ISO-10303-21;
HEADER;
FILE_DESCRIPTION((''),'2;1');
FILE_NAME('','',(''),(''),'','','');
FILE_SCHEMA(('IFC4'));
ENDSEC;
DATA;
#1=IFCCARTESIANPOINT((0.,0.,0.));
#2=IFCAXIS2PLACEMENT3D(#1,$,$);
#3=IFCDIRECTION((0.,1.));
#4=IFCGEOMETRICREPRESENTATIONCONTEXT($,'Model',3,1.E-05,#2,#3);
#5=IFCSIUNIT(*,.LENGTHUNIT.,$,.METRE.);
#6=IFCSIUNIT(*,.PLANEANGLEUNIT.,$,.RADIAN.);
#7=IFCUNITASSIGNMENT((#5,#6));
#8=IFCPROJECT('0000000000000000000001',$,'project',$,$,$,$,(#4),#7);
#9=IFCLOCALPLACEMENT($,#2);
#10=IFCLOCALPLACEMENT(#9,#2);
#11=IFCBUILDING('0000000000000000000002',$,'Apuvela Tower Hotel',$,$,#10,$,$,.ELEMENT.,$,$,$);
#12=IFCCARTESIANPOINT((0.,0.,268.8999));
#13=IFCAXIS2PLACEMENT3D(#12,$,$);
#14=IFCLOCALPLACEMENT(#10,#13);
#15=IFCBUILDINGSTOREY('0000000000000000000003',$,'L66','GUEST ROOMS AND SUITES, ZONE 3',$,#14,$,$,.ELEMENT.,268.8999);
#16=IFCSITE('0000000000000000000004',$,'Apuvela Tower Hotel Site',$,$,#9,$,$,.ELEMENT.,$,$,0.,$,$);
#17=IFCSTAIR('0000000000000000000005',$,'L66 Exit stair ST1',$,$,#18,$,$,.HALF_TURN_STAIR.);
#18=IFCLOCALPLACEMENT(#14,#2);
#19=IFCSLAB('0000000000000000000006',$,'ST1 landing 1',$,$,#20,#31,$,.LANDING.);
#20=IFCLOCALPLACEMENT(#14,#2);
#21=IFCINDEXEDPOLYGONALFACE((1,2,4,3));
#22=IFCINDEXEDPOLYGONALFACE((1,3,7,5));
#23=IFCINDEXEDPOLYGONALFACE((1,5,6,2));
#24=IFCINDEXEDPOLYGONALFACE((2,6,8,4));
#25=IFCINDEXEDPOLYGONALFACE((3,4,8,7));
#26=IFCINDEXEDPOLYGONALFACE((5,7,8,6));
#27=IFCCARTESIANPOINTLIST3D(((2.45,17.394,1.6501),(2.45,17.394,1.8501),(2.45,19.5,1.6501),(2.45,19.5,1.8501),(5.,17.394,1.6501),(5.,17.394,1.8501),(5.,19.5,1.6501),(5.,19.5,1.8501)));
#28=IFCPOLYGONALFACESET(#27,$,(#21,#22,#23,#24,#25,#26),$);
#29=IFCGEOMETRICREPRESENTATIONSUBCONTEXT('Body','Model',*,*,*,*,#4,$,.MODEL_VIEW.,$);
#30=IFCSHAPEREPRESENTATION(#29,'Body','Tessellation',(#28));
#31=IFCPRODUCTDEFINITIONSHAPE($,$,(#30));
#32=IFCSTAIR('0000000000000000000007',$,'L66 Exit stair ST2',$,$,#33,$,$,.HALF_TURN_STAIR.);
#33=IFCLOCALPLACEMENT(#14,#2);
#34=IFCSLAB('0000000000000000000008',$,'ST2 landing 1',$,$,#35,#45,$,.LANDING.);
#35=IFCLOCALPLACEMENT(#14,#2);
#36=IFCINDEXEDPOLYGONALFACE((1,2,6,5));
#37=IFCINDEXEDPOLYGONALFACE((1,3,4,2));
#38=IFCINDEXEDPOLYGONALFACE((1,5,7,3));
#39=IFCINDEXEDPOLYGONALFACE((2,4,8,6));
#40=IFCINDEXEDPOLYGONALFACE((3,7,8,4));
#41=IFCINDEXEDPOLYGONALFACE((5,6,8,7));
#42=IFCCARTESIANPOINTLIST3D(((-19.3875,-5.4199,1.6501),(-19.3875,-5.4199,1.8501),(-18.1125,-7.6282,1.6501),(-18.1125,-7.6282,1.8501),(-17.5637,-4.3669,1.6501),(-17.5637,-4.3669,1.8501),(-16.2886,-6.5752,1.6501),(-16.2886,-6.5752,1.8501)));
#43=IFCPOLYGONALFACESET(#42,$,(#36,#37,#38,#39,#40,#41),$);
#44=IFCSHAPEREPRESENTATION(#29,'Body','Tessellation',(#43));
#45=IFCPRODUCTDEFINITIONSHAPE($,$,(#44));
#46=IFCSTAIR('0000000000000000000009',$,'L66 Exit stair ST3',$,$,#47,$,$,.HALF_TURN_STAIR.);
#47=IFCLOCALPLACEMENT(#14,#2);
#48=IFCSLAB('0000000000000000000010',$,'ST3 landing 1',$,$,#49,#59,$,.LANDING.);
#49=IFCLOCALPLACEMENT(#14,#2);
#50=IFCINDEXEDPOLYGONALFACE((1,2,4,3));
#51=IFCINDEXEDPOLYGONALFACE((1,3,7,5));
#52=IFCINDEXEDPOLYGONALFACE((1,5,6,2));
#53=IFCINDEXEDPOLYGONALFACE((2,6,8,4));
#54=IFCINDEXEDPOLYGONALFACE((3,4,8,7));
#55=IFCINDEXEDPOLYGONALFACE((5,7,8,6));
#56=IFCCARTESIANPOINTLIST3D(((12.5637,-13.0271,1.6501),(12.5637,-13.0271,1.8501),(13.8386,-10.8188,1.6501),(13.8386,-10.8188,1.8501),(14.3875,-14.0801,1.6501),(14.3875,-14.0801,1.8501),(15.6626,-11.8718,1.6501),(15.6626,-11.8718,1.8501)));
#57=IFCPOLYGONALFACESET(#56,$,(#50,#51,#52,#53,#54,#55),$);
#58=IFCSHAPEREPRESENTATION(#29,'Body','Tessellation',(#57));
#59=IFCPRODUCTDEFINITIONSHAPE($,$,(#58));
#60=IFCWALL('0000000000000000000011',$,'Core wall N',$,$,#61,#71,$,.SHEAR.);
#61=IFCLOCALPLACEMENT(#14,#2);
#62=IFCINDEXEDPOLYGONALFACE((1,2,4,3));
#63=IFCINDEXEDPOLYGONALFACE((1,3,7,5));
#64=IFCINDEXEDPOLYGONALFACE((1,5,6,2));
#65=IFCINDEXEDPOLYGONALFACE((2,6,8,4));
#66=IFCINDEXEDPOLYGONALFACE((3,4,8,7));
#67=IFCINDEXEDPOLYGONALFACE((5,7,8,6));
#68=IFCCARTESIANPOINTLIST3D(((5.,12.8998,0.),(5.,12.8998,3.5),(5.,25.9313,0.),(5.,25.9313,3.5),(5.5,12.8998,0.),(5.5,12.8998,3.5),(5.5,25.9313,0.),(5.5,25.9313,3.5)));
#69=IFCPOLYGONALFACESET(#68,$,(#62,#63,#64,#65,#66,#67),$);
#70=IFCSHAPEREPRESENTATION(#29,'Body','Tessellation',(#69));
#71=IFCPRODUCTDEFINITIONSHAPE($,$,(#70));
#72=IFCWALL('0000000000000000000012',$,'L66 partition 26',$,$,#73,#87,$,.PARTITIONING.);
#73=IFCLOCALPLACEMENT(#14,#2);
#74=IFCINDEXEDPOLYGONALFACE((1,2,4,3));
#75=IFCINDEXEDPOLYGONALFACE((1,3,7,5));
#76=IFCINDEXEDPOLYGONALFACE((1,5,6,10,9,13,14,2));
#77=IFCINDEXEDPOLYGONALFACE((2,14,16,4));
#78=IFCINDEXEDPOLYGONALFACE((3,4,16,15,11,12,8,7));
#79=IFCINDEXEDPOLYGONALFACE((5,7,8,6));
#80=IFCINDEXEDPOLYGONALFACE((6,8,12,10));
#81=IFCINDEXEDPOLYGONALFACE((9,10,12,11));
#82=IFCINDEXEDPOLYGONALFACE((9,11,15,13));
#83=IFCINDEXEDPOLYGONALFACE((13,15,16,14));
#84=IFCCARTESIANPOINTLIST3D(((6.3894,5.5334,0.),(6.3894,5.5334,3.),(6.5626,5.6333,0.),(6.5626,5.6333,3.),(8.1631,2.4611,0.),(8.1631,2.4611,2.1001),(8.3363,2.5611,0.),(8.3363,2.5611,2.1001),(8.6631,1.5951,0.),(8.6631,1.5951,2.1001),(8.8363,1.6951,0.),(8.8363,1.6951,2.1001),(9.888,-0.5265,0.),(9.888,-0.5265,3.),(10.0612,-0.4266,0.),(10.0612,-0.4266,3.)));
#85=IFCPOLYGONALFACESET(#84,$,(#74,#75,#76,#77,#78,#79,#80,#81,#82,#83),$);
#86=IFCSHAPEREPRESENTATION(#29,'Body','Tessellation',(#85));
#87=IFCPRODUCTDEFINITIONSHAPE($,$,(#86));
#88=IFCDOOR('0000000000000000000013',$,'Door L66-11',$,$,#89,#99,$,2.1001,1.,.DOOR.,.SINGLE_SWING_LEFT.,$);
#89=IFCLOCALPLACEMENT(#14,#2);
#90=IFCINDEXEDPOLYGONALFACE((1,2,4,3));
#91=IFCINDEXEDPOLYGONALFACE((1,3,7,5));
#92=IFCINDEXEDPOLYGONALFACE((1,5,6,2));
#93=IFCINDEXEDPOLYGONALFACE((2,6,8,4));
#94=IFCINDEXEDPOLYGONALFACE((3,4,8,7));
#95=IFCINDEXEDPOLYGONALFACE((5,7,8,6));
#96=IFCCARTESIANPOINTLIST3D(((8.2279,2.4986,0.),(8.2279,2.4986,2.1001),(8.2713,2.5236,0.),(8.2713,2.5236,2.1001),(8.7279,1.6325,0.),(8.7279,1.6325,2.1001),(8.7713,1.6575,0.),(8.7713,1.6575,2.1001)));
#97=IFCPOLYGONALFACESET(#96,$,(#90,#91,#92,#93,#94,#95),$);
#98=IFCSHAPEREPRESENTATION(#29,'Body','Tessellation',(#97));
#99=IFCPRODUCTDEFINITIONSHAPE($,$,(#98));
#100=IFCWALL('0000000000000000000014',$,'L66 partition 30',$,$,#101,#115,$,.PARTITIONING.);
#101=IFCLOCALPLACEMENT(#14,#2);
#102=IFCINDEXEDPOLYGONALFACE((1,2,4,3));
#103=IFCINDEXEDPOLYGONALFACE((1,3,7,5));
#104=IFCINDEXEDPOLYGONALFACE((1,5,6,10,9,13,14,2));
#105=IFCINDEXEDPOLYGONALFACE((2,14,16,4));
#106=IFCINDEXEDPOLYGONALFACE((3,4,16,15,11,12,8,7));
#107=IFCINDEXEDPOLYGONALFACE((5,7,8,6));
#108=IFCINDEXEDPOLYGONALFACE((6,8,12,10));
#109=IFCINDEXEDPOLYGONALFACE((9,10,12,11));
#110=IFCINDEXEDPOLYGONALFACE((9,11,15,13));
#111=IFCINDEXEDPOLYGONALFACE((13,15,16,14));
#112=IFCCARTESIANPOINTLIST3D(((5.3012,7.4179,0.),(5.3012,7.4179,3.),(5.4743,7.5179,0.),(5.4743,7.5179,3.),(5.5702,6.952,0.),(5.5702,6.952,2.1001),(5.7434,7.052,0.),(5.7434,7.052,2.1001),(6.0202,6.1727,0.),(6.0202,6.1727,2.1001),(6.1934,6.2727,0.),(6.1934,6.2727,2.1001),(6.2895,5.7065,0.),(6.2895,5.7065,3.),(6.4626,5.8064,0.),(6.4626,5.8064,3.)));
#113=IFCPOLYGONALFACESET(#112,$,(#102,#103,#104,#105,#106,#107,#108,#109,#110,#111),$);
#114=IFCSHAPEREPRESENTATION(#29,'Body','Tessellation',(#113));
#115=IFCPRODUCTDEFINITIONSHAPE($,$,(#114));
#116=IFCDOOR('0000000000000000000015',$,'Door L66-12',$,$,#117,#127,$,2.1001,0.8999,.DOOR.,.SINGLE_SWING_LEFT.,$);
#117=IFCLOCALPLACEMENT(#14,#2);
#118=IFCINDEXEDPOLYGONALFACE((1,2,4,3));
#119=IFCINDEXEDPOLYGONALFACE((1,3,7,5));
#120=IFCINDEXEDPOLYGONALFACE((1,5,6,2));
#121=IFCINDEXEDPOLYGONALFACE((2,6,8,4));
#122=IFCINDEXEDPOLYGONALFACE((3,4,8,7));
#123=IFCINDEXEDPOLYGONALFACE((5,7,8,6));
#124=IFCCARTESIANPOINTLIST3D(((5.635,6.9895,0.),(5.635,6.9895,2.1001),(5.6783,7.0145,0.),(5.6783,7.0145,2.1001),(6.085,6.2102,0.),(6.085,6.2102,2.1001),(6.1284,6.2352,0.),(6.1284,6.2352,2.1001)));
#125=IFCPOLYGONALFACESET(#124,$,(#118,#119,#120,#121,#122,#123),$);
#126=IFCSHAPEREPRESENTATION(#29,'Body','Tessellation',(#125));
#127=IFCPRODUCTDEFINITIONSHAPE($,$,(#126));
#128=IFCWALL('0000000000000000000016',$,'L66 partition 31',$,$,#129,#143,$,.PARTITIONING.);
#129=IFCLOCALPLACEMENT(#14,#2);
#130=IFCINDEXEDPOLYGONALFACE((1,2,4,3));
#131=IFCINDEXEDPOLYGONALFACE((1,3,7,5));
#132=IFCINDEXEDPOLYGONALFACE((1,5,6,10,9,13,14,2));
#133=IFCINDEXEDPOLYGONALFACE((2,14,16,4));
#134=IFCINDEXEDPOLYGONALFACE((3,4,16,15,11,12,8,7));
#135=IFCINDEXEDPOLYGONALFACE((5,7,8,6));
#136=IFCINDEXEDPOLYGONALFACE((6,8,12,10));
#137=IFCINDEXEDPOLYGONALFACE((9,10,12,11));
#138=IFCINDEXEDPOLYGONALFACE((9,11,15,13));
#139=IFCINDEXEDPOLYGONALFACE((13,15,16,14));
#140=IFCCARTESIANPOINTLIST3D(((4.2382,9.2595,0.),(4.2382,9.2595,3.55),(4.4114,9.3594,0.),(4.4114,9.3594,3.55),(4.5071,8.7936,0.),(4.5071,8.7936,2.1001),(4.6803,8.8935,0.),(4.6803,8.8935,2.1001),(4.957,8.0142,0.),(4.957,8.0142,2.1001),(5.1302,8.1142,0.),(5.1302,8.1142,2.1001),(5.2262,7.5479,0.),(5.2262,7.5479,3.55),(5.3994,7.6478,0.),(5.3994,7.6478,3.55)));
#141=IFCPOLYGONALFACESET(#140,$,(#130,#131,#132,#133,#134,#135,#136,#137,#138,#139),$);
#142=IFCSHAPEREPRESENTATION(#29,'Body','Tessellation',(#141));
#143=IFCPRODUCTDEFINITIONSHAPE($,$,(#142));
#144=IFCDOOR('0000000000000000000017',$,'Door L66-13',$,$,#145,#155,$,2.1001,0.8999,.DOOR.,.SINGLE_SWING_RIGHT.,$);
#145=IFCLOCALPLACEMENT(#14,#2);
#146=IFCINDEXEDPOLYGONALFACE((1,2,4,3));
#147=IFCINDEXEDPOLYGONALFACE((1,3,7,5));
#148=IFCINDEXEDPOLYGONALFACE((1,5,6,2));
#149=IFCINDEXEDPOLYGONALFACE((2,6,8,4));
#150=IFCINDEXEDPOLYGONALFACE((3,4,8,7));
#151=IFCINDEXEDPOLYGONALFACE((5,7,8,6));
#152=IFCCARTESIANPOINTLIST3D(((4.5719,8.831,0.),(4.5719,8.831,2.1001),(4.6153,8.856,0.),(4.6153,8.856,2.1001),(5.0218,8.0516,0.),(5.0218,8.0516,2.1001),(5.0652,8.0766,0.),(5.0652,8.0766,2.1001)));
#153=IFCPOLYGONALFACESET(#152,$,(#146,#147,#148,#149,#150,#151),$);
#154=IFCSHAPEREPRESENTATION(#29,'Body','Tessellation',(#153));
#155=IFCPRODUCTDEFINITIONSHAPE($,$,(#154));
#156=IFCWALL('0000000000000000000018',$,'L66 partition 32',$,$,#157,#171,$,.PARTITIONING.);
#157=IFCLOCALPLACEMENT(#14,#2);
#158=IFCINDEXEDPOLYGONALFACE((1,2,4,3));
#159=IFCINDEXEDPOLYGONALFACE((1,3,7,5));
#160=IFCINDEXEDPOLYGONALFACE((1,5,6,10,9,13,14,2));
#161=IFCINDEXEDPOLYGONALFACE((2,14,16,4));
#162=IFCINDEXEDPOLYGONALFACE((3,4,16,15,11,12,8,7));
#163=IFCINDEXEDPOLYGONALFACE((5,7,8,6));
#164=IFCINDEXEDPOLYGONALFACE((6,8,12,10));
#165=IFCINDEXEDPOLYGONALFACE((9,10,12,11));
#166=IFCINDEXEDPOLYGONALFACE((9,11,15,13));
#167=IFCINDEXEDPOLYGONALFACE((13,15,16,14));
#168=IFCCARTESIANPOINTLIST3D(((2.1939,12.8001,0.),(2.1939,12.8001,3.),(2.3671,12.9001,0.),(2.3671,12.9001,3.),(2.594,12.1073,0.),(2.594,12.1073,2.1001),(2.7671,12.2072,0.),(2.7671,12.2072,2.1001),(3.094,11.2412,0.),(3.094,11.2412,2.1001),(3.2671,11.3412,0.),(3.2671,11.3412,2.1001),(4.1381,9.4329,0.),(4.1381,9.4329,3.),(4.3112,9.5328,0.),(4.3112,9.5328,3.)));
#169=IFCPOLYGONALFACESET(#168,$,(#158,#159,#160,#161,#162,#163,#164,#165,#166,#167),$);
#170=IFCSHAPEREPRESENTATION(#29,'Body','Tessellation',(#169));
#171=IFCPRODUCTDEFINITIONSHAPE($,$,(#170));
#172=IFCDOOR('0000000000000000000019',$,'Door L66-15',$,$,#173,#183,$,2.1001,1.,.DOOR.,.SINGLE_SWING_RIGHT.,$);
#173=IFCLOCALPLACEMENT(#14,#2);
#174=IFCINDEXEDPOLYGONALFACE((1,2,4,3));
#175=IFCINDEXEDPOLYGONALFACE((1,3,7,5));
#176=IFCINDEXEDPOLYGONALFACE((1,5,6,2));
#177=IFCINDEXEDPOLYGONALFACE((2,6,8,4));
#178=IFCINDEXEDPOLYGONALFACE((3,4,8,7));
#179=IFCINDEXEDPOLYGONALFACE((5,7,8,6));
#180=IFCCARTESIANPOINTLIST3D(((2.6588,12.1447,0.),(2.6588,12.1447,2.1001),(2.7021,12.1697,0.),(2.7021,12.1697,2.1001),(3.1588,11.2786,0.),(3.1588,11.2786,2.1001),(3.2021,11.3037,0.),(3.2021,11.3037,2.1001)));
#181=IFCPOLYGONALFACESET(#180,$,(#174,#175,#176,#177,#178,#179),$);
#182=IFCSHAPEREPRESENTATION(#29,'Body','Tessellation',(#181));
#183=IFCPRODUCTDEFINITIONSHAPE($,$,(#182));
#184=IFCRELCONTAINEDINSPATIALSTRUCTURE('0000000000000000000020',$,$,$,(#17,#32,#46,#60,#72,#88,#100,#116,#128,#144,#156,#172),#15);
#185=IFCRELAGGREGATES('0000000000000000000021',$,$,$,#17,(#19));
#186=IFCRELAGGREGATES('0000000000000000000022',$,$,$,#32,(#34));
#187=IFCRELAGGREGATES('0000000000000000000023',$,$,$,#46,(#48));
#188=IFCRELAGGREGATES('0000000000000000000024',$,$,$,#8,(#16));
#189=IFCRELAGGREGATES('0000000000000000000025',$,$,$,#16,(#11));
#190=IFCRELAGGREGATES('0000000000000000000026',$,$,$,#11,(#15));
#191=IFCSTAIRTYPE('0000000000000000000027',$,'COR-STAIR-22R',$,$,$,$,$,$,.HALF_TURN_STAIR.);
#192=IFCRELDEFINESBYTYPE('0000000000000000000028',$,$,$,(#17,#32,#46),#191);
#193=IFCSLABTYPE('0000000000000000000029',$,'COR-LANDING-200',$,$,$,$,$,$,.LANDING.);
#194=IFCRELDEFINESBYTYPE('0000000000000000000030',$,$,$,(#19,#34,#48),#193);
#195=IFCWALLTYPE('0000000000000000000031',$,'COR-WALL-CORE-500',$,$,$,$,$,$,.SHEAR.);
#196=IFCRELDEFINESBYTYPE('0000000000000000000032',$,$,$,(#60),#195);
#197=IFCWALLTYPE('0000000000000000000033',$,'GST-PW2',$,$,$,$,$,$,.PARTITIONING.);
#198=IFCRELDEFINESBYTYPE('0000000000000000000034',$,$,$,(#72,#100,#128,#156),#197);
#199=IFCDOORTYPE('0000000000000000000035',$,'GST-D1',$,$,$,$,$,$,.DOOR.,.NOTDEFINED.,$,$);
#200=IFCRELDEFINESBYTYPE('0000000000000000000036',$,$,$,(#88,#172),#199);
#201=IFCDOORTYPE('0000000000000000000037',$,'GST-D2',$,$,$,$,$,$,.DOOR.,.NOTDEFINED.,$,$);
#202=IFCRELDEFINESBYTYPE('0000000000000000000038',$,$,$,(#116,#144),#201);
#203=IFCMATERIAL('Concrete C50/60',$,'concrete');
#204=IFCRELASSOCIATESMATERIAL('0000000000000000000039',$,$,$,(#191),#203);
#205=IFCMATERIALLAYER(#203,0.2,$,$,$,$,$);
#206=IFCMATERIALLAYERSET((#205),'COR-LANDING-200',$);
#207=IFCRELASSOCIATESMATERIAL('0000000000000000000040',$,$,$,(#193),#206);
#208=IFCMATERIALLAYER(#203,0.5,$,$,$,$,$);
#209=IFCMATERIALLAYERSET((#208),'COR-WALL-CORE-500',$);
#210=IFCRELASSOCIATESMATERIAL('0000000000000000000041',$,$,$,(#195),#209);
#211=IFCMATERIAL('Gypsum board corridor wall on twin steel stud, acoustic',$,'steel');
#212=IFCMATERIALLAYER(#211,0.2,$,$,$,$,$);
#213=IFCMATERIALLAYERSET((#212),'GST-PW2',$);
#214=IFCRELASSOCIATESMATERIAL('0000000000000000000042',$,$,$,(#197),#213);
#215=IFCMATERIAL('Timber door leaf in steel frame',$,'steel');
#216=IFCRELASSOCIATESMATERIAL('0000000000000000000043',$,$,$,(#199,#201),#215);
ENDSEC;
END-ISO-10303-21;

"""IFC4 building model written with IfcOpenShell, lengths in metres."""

from ifc_helpers import new_model, si_unit, direction, frame, frame_2d, origin, place, context, subcontext, project, spatial, polyline, rectangle, outline, extrude, material, layer, layer_set, type_object, element, fill, aggregate, save


model = new_model("IFC4")

# Units and contexts
model_context = context("Model", 3, precision=1e-05, world=origin(), true_north=direction((0.0, 1.0)))
body_context = subcontext(model_context, "Body", "Model", "MODEL_VIEW")
ifc_project = project(units=[si_unit("LENGTHUNIT", "METRE"), si_unit("PLANEANGLEUNIT", "RADIAN")], contexts=[model_context])

# Site, building, storey
site_placement = place(None, origin())
site = spatial("IfcSite", under=ifc_project, at=site_placement, Name="Apuvela Tower Hotel Site", CompositionType="ELEMENT", RefElevation=0.0)
building_placement = place(site_placement, origin())
building = spatial("IfcBuilding", under=site, at=building_placement, Name="Apuvela Tower Hotel", CompositionType="ELEMENT")
storey_placement = place(building_placement, frame((0.0, 0.0, 268.8999)))
storey = spatial("IfcBuildingStorey", under=building, at=storey_placement, Name="L66", Description="GUEST ROOMS AND SUITES, ZONE 3", CompositionType="ELEMENT", Elevation=268.8999)

# Shared definitions
ifc_material_1 = material(Name="Concrete C50/60", Category="concrete")

# Stairs, slabs
stair_type = type_object("IfcStairType", Name="COR-STAIR-22R", PredefinedType="HALF_TURN_STAIR", material=ifc_material_1)
stair_1_placement = place(storey_placement, origin())
stair_1 = element("IfcStair", 1, at=stair_1_placement, inside=storey, type_object=stair_type, Name="L66 Exit stair ST1", PredefinedType="HALF_TURN_STAIR")
ifc_layer_1 = layer(ifc_material_1, 0.2)
ifc_layer_set_1 = layer_set([ifc_layer_1], Name="COR-LANDING-200")
slab_type_1 = type_object("IfcSlabType", Name="COR-LANDING-200", PredefinedType="LANDING", material=ifc_layer_set_1)
slab_1_placement = place(storey_placement, frame((0.0, 0.0, 1.6501)))
slab_1 = element("IfcSlab", 2, at=slab_1_placement, type_object=slab_type_1, Name="ST1 landing 1", PredefinedType="LANDING", context=body_context, shape_type="SweptSolid", body=[
    extrude(outline(polyline([(5.0, 17.394), (5.0, 19.5), (2.45, 19.5), (2.45, 17.394), (5.0, 17.394)])), origin(), (0.0, 0.0, 1.0), 0.2),
])
aggregate(stair_1, [slab_1])
stair_2_placement = place(storey_placement, origin())
stair_2 = element("IfcStair", 3, at=stair_2_placement, inside=storey, type_object=stair_type, Name="L66 Exit stair ST2", PredefinedType="HALF_TURN_STAIR")
slab_2_placement = place(storey_placement, frame((0.0, 0.0, 1.6501)))
slab_2 = element("IfcSlab", 4, at=slab_2_placement, type_object=slab_type_1, Name="ST2 landing 1", PredefinedType="LANDING", context=body_context, shape_type="SweptSolid", body=[
    extrude(outline(polyline([(-17.5637, -4.3669), (-19.3875, -5.4199), (-18.1125, -7.6282), (-16.2886, -6.5752), (-17.5637, -4.3669)])), origin(), (0.0, 0.0, 1.0), 0.2),
])
aggregate(stair_2, [slab_2])
stair_3_placement = place(storey_placement, origin())
stair_3 = element("IfcStair", 5, at=stair_3_placement, inside=storey, type_object=stair_type, Name="L66 Exit stair ST3", PredefinedType="HALF_TURN_STAIR")
slab_3_placement = place(storey_placement, frame((0.0, 0.0, 1.6501)))
slab_3 = element("IfcSlab", 6, at=slab_3_placement, type_object=slab_type_1, Name="ST3 landing 1", PredefinedType="LANDING", context=body_context, shape_type="SweptSolid", body=[
    extrude(outline(polyline([(12.5637, -13.0271), (14.3875, -14.0801), (15.6626, -11.8718), (13.8386, -10.8188), (12.5637, -13.0271)])), origin(), (0.0, 0.0, 1.0), 0.2),
])
aggregate(stair_3, [slab_3])

# Wall
ifc_layer_2 = layer(ifc_material_1, 0.5)
ifc_layer_set_2 = layer_set([ifc_layer_2], Name="COR-WALL-CORE-500")
wall_type_1 = type_object("IfcWallType", Name="COR-WALL-CORE-500", PredefinedType="SHEAR", material=ifc_layer_set_2)
wall_1_placement = place(storey_placement, frame((5.25, 12.8999, 0.0), z_axis=(0.0, 0.0, 1.0), x_axis=(0.0, 1.0, 0.0)))
element("IfcWall", 7, at=wall_1_placement, inside=storey, type_object=wall_type_1, Name="Core wall N", PredefinedType="SHEAR", context=body_context, shape_type="SweptSolid", body=[
    extrude(rectangle(XDim=13.0315, YDim=0.5, at=frame_2d((6.5156, 0.0))), origin(), (0.0, 0.0, 1.0), 3.5),
])

# Walls, openings, doors
ifc_material_2 = material(Name="Gypsum board corridor wall on twin steel stud, acoustic", Category="steel")
ifc_layer_3 = layer(ifc_material_2, 0.2)
ifc_layer_set_3 = layer_set([ifc_layer_3], Name="GST-PW2")
wall_type_2 = type_object("IfcWallType", Name="GST-PW2", PredefinedType="PARTITIONING", material=ifc_layer_set_3)
wall_2_placement = place(storey_placement, frame((6.4761, 5.5833, 0.0), z_axis=(0.0, 0.0, 1.0), x_axis=(0.499989, -0.866032, 0.0)))
wall_2 = element("IfcWall", 8, at=wall_2_placement, inside=storey, type_object=wall_type_2, Name="L66 partition 26", PredefinedType="PARTITIONING", context=body_context, shape_type="SweptSolid", body=[
    extrude(rectangle(XDim=6.9973, YDim=0.2, at=frame_2d((3.4985, 0.0))), origin(), (0.0, 0.0, 1.0), 3.0),
])
opening_1_placement = place(wall_2_placement, frame((3.5474, 0.0, 0.0)))
opening_1 = element("IfcOpeningElement", 9, at=opening_1_placement, cuts=wall_2, PredefinedType="OPENING", context=body_context, shape_type="SweptSolid", body=[
    extrude(rectangle(XDim=1.0, YDim=2.1001, at=frame_2d((0.5, 1.05))), frame((0.0, 0.1099, 0.0), z_axis=(0.0, -1.0, 0.0), x_axis=(1.0, 0.0, 0.0)), (0.0, 0.0, 1.0), 0.22),
])
ifc_material_3 = material(Name="Timber door leaf in steel frame", Category="steel")
door_type_1 = type_object("IfcDoorType", Name="GST-D1", OperationType="NOTDEFINED", PredefinedType="DOOR", material=ifc_material_3)
door_1_placement = place(opening_1_placement, origin())
door_1 = element("IfcDoor", 10, at=door_1_placement, inside=storey, type_object=door_type_1, Name="Door L66-11", OperationType="SINGLE_SWING_LEFT", OverallHeight=2.1001, OverallWidth=1.0, PredefinedType="DOOR", context=body_context, shape_type="SweptSolid", body=[
    extrude(rectangle(XDim=1.0, YDim=2.1001, at=frame_2d((0.5, 1.05))), frame((0.0, 0.0249, 0.0), z_axis=(0.0, -1.0, 0.0), x_axis=(1.0, 0.0, 0.0)), (0.0, 0.0, 1.0), 0.05),
])
fill(opening_1, door_1)
wall_3_placement = place(storey_placement, frame((5.3877, 7.468, 0.0), z_axis=(0.0, 0.0, 1.0), x_axis=(0.500072, -0.865984, 0.0)))
wall_3 = element("IfcWall", 11, at=wall_3_placement, inside=storey, type_object=wall_type_2, Name="L66 partition 30", PredefinedType="PARTITIONING", context=body_context, shape_type="SweptSolid", body=[
    extrude(rectangle(XDim=1.9763, YDim=0.2, at=frame_2d((0.9883, 0.0))), origin(), (0.0, 0.0, 1.0), 3.0),
])
opening_2_placement = place(wall_3_placement, frame((0.5381, 0.0, 0.0)))
opening_2 = element("IfcOpeningElement", 12, at=opening_2_placement, cuts=wall_3, PredefinedType="OPENING", context=body_context, shape_type="SweptSolid", body=[
    extrude(rectangle(XDim=0.8999, YDim=2.1001, at=frame_2d((0.45, 1.05))), frame((0.0, 0.1099, 0.0), z_axis=(0.0, -1.0, 0.0), x_axis=(1.0, 0.0, 0.0)), (0.0, 0.0, 1.0), 0.22),
])
door_type_2 = type_object("IfcDoorType", Name="GST-D2", OperationType="NOTDEFINED", PredefinedType="DOOR", material=ifc_material_3)
door_2_placement = place(opening_2_placement, origin())
door_2 = element("IfcDoor", 13, at=door_2_placement, inside=storey, type_object=door_type_2, Name="Door L66-12", OperationType="SINGLE_SWING_LEFT", OverallHeight=2.1001, OverallWidth=0.8999, PredefinedType="DOOR", context=body_context, shape_type="SweptSolid", body=[
    extrude(rectangle(XDim=0.8999, YDim=2.1001, at=frame_2d((0.45, 1.05))), frame((0.0, 0.0249, 0.0), z_axis=(0.0, -1.0, 0.0), x_axis=(1.0, 0.0, 0.0)), (0.0, 0.0, 1.0), 0.05),
])
fill(opening_2, door_2)
wall_4_placement = place(storey_placement, frame((4.3247, 9.3096, 0.0), z_axis=(0.0, 0.0, 1.0), x_axis=(0.499926, -0.866068, 0.0)))
wall_4 = element("IfcWall", 14, at=wall_4_placement, inside=storey, type_object=wall_type_2, Name="L66 partition 31", PredefinedType="PARTITIONING", context=body_context, shape_type="SweptSolid", body=[
    extrude(rectangle(XDim=1.9763, YDim=0.2, at=frame_2d((0.9883, 0.0))), origin(), (0.0, 0.0, 1.0), 3.55),
])
opening_3_placement = place(wall_4_placement, frame((0.5381, 0.0, 0.0)))
opening_3 = element("IfcOpeningElement", 15, at=opening_3_placement, cuts=wall_4, PredefinedType="OPENING", context=body_context, shape_type="SweptSolid", body=[
    extrude(rectangle(XDim=0.8999, YDim=2.1001, at=frame_2d((0.45, 1.05))), frame((0.0, 0.1099, 0.0), z_axis=(0.0, -1.0, 0.0), x_axis=(1.0, 0.0, 0.0)), (0.0, 0.0, 1.0), 0.22),
])
door_3_placement = place(opening_3_placement, origin())
door_3 = element("IfcDoor", 16, at=door_3_placement, inside=storey, type_object=door_type_2, Name="Door L66-13", OperationType="SINGLE_SWING_RIGHT", OverallHeight=2.1001, OverallWidth=0.8999, PredefinedType="DOOR", context=body_context, shape_type="SweptSolid", body=[
    extrude(rectangle(XDim=0.8999, YDim=2.1001, at=frame_2d((0.45, 1.05))), frame((0.0, 0.0249, 0.0), z_axis=(0.0, -1.0, 0.0), x_axis=(1.0, 0.0, 0.0)), (0.0, 0.0, 1.0), 0.05),
])
fill(opening_3, door_3)
wall_5_placement = place(storey_placement, frame((2.2805, 12.8501, 0.0), z_axis=(0.0, 0.0, 1.0), x_axis=(0.500009, -0.86602, 0.0)))
wall_5 = element("IfcWall", 17, at=wall_5_placement, inside=storey, type_object=wall_type_2, Name="L66 partition 32", PredefinedType="PARTITIONING", context=body_context, shape_type="SweptSolid", body=[
    extrude(rectangle(XDim=3.8882, YDim=0.2, at=frame_2d((1.9441, 0.0))), origin(), (0.0, 0.0, 1.0), 3.0),
])
opening_4_placement = place(wall_5_placement, frame((0.8, 0.0, 0.0)))
opening_4 = element("IfcOpeningElement", 18, at=opening_4_placement, cuts=wall_5, PredefinedType="OPENING", context=body_context, shape_type="SweptSolid", body=[
    extrude(rectangle(XDim=1.0, YDim=2.1001, at=frame_2d((0.5, 1.05))), frame((0.0, 0.1099, 0.0), z_axis=(0.0, -1.0, 0.0), x_axis=(1.0, 0.0, 0.0)), (0.0, 0.0, 1.0), 0.22),
])
door_4_placement = place(opening_4_placement, origin())
door_4 = element("IfcDoor", 19, at=door_4_placement, inside=storey, type_object=door_type_1, Name="Door L66-15", OperationType="SINGLE_SWING_RIGHT", OverallHeight=2.1001, OverallWidth=1.0, PredefinedType="DOOR", context=body_context, shape_type="SweptSolid", body=[
    extrude(rectangle(XDim=1.0, YDim=2.1001, at=frame_2d((0.5, 1.05))), frame((0.0, 0.0249, 0.0), z_axis=(0.0, -1.0, 0.0), x_axis=(1.0, 0.0, 0.0)), (0.0, 0.0, 1.0), 0.05),
])
fill(opening_4, door_4)

save(model, "model.ifc")
